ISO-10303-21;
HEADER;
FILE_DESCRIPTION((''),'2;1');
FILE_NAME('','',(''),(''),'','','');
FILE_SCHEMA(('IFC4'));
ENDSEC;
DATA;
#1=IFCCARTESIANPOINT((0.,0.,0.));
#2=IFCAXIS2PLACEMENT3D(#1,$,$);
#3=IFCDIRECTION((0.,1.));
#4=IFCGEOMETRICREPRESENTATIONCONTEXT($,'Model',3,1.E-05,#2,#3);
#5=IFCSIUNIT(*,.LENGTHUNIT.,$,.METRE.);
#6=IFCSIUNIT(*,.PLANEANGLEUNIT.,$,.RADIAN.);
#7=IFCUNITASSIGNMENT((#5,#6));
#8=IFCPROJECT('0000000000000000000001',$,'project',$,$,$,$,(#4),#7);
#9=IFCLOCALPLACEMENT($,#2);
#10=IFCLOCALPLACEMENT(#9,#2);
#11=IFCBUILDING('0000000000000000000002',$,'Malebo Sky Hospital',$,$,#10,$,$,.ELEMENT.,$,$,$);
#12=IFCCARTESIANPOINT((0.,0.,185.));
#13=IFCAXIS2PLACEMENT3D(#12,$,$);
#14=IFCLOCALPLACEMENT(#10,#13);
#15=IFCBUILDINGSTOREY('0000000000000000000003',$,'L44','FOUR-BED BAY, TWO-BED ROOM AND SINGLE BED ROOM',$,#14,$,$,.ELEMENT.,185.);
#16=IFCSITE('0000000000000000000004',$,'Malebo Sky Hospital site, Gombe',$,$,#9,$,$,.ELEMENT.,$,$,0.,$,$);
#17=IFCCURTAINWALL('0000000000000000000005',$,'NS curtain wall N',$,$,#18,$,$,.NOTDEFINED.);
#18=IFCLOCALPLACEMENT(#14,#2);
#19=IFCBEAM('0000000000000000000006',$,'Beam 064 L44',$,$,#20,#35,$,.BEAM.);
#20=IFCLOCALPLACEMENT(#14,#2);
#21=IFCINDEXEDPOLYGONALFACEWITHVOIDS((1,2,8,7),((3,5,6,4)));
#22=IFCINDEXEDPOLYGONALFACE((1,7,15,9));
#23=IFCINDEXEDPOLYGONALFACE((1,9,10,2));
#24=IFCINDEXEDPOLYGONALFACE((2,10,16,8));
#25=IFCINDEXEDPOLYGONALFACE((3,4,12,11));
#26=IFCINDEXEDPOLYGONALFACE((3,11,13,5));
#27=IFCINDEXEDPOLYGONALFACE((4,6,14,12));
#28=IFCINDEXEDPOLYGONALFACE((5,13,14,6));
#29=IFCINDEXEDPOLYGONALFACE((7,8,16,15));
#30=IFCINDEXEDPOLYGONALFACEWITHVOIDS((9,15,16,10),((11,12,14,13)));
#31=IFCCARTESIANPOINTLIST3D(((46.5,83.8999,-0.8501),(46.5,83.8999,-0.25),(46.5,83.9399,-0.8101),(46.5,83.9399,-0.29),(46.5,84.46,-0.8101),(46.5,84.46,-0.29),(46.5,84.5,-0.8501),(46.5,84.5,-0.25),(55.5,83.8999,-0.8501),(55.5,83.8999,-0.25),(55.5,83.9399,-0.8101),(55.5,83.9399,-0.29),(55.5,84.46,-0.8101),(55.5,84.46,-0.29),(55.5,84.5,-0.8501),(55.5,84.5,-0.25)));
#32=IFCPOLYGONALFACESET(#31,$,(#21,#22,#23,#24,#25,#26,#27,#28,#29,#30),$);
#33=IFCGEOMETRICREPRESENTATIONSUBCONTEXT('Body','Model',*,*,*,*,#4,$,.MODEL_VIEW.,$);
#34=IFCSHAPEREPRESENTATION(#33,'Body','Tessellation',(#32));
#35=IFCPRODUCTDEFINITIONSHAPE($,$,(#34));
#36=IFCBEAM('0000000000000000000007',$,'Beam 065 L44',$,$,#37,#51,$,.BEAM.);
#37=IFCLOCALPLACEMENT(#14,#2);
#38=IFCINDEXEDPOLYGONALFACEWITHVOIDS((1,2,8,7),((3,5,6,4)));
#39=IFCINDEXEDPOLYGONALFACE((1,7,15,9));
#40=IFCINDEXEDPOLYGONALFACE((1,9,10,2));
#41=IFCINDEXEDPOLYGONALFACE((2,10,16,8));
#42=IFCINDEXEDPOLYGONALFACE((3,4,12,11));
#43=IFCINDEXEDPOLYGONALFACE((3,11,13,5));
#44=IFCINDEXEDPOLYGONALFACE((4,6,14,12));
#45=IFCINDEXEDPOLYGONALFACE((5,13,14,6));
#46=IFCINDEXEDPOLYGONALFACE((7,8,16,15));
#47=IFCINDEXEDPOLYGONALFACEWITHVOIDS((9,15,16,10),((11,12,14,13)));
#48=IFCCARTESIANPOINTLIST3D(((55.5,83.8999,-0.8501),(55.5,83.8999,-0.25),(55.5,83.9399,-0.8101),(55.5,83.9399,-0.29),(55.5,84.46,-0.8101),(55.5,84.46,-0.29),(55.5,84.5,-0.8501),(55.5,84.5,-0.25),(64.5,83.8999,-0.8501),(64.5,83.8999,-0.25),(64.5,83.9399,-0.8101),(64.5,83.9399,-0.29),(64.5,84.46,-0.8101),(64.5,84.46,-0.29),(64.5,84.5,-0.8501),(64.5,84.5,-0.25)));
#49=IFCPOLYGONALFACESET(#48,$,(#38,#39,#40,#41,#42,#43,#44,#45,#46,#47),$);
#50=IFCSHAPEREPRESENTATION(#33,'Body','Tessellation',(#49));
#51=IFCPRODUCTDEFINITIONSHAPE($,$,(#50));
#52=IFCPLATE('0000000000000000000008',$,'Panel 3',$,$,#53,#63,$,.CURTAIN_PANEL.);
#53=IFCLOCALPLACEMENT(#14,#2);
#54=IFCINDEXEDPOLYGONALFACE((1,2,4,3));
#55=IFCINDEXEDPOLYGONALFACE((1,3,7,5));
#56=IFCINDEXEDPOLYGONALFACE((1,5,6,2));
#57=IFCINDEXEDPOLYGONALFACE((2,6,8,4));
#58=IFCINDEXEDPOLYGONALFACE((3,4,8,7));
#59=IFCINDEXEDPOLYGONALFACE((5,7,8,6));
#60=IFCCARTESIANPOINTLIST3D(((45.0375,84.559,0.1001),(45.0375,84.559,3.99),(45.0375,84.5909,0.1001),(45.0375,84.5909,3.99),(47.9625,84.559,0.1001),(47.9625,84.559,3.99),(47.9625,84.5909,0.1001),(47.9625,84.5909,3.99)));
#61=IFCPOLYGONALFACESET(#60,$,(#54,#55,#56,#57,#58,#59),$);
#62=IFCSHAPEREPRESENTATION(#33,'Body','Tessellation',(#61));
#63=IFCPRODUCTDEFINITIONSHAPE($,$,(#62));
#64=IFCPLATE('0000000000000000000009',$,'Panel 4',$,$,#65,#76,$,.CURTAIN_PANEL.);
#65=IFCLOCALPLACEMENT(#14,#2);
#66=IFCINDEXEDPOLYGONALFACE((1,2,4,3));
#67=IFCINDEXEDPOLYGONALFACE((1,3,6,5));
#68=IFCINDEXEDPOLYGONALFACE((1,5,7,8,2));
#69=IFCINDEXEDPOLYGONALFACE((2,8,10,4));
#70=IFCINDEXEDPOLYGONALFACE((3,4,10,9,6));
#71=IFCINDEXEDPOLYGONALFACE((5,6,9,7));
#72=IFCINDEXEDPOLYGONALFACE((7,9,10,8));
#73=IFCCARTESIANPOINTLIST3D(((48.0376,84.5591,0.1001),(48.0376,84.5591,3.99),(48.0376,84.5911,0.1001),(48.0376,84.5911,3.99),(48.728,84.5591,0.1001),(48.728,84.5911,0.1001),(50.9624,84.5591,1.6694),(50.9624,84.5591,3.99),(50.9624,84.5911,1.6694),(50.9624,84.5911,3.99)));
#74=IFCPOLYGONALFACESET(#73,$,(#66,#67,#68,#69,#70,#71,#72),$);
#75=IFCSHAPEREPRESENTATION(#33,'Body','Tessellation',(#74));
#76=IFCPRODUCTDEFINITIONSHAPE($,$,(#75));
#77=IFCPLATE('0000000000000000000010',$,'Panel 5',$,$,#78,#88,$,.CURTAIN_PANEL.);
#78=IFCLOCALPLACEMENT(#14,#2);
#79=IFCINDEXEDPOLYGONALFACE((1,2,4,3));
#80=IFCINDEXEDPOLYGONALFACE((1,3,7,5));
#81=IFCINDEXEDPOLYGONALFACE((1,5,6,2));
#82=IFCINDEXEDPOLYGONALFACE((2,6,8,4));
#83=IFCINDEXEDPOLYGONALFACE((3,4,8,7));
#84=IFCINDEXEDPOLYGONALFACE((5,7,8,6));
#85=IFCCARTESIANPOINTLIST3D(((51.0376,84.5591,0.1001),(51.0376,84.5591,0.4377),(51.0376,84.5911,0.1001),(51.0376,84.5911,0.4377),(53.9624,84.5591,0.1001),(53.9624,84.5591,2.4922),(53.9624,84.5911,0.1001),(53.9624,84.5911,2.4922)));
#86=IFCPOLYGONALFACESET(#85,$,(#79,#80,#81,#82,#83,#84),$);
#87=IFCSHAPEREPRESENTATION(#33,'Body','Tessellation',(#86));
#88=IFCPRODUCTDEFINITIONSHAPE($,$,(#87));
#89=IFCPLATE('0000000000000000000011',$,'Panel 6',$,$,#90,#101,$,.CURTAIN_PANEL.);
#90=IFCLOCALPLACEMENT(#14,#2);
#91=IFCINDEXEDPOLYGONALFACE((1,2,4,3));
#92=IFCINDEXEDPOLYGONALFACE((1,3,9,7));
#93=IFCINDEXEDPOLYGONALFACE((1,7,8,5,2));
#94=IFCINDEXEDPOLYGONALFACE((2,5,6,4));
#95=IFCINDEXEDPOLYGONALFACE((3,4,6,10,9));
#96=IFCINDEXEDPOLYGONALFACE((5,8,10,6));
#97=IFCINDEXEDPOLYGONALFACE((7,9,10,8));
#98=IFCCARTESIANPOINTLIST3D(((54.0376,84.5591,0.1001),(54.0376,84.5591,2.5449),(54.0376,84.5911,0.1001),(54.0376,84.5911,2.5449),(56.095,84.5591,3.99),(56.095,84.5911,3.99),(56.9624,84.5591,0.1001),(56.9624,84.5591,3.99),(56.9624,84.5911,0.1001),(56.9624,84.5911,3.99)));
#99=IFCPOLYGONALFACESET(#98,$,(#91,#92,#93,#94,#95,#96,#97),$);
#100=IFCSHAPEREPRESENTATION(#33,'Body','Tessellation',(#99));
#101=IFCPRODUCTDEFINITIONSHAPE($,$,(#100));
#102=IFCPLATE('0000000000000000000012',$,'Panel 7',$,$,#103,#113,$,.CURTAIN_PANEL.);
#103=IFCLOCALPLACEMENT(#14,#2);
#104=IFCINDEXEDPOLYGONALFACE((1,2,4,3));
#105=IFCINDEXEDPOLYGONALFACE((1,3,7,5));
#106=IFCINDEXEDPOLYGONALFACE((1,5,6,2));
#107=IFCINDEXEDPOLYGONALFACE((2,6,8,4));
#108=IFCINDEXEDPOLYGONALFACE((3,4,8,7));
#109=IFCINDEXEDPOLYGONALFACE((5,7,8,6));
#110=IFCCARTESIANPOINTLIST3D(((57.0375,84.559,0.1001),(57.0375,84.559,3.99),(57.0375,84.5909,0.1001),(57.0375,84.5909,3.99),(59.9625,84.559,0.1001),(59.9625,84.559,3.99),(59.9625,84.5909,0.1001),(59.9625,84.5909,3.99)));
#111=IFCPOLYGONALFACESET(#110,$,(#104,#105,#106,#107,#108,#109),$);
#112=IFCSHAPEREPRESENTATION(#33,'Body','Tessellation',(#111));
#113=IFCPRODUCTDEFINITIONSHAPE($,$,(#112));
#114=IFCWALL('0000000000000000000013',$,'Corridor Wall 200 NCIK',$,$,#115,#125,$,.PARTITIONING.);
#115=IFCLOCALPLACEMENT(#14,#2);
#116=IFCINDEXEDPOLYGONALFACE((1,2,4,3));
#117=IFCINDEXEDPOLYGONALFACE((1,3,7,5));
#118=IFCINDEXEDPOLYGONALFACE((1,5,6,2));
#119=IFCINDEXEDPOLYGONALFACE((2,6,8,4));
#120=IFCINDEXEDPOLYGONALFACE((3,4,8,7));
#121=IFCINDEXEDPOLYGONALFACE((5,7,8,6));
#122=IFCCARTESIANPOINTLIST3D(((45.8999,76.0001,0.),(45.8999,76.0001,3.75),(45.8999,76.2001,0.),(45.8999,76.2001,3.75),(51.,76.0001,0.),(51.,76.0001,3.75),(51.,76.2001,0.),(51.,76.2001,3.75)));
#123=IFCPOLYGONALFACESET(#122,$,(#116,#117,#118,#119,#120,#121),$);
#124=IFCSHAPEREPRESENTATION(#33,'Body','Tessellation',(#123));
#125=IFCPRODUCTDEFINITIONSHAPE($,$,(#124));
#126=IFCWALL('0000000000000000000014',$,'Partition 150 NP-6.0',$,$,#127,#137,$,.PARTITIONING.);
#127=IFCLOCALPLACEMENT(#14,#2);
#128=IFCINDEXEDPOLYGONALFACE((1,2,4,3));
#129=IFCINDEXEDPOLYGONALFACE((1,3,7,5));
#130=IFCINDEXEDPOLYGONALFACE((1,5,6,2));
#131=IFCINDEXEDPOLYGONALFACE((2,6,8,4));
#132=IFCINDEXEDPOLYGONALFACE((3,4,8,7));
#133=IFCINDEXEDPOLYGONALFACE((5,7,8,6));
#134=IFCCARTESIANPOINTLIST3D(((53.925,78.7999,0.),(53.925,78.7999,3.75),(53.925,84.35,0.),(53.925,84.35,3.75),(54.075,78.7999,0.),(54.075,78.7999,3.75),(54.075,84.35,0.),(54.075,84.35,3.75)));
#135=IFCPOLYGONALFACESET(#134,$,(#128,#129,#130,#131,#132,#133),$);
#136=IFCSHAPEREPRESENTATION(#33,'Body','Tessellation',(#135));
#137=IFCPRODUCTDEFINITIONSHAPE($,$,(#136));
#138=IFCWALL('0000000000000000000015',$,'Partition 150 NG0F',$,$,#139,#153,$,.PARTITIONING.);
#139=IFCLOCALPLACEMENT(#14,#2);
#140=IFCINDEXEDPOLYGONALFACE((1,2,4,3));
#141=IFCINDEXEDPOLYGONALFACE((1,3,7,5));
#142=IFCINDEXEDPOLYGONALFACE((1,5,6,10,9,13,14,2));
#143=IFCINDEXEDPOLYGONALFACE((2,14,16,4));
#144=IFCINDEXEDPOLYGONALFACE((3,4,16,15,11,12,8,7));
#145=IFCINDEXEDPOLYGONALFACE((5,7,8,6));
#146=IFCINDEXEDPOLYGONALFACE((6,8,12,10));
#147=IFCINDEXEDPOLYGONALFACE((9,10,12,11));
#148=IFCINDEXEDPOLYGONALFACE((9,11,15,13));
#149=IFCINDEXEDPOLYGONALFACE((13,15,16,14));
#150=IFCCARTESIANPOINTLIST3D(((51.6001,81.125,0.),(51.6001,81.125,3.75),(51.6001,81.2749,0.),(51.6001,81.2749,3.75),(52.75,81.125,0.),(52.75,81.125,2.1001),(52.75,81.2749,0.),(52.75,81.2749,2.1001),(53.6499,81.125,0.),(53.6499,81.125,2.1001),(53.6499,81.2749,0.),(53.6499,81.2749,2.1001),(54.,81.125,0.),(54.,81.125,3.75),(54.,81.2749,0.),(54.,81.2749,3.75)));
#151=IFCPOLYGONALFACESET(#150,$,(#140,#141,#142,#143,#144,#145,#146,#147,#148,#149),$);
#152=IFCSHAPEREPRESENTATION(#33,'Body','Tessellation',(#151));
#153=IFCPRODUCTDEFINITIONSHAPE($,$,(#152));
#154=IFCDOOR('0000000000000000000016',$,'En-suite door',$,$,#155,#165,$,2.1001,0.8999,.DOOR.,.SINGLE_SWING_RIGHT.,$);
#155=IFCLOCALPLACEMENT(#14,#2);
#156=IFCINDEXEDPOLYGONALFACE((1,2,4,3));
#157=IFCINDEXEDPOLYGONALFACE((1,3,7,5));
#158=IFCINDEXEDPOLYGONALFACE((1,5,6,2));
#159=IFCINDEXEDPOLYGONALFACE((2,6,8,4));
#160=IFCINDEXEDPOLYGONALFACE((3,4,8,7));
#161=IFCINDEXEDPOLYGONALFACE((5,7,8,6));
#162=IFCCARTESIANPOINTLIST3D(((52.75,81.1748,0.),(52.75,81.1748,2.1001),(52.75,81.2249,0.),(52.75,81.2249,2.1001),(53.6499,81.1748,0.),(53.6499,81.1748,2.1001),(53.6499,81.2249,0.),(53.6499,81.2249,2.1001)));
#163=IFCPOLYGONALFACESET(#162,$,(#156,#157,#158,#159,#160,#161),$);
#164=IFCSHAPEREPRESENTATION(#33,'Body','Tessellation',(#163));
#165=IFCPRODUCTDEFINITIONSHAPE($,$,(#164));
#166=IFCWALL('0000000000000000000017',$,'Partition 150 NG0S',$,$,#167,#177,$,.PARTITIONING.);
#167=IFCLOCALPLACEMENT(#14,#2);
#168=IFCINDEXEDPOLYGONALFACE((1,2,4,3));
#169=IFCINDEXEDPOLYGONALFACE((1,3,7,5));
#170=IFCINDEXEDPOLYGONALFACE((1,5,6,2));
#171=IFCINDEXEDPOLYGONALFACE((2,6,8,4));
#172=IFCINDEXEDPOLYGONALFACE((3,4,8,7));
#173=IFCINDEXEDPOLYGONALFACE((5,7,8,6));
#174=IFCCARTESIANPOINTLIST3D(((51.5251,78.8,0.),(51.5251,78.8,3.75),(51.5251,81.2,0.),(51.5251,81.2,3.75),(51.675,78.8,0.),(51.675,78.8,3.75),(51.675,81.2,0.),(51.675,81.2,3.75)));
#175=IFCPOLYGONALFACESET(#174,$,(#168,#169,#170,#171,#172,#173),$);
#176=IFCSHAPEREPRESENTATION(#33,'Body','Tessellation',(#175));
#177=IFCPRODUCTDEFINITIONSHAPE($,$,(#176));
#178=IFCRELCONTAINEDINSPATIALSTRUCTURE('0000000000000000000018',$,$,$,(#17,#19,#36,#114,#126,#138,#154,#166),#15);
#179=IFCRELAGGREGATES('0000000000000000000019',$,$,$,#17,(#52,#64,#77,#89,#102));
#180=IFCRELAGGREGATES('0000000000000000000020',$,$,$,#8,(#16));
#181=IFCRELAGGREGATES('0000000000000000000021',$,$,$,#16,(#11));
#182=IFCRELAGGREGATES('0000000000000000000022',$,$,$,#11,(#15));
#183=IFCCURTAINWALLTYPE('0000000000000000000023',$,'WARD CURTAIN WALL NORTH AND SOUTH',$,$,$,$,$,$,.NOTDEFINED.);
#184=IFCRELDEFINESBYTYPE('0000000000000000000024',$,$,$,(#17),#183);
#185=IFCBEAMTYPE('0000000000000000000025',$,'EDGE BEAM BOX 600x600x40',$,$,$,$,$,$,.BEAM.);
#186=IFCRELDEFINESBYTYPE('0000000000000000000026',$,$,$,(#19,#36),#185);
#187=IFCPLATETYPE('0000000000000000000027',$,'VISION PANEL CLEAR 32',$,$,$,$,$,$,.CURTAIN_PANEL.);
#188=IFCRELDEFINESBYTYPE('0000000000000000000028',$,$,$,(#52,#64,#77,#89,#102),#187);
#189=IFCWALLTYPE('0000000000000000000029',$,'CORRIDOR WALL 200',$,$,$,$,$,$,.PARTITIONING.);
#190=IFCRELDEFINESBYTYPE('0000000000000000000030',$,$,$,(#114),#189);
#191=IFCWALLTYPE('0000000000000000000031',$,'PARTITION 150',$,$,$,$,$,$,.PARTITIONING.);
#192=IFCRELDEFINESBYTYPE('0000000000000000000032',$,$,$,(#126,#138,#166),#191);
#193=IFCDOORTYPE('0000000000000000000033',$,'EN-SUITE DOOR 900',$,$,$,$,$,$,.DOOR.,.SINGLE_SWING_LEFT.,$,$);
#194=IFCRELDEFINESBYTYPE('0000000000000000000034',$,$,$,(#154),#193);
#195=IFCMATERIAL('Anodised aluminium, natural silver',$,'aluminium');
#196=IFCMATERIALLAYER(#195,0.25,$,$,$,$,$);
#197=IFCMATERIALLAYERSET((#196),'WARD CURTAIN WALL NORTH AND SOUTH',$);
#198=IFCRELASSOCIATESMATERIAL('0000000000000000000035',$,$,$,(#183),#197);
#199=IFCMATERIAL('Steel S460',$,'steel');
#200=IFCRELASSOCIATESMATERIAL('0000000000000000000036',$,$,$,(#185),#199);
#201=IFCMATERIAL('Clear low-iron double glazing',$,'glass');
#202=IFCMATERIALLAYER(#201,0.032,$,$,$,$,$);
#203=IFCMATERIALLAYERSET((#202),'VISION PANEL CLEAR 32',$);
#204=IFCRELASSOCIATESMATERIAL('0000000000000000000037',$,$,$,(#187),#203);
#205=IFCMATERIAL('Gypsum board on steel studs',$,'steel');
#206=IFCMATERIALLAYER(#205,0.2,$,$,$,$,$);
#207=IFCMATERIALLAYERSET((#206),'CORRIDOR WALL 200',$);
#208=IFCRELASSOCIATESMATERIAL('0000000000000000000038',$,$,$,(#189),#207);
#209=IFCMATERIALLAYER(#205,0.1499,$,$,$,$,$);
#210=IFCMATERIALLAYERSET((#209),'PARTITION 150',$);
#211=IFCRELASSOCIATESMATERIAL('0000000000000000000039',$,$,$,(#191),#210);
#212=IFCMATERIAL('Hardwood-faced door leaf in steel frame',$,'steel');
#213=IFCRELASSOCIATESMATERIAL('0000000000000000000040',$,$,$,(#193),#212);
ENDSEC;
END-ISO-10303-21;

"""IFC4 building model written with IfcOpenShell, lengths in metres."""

from ifc_helpers import new_model, si_unit, direction, frame, frame_2d, origin, origin_2d, place, context, subcontext, project, spatial, polyline, rectangle, hollow_rectangle, outline, extrude, material, layer, layer_set, material_profile, profile_set, type_object, element, fill, aggregate, save


model = new_model("IFC4")

# Units and contexts
model_context = context("Model", 3, precision=1e-05, world=origin(), true_north=direction((0.0, 1.0)))
body_context = subcontext(model_context, "Body", "Model", "MODEL_VIEW")
ifc_project = project(units=[si_unit("LENGTHUNIT", "METRE"), si_unit("PLANEANGLEUNIT", "RADIAN")], contexts=[model_context])

# Site, building, storey
site_placement = place(None, origin())
site = spatial("IfcSite", under=ifc_project, at=site_placement, Name="Malebo Sky Hospital site, Gombe", CompositionType="ELEMENT", RefElevation=0.0)
building_placement = place(site_placement, origin())
building = spatial("IfcBuilding", under=site, at=building_placement, Name="Malebo Sky Hospital", CompositionType="ELEMENT")
storey_placement = place(building_placement, frame((0.0, 0.0, 185.0)))
storey = spatial("IfcBuildingStorey", under=building, at=storey_placement, Name="L44", Description="FOUR-BED BAY, TWO-BED ROOM AND SINGLE BED ROOM", CompositionType="ELEMENT", Elevation=185.0)

# Shared definitions
ifc_material_1 = material(Name="Steel S460", Category="steel")

# Curtain wall
ifc_material_2 = material(Name="Anodised aluminium, natural silver", Category="aluminium")
ifc_layer_1 = layer(ifc_material_2, 0.25)
ifc_layer_set_1 = layer_set([ifc_layer_1], Name="WARD CURTAIN WALL NORTH AND SOUTH")
curtain_wall_type = type_object("IfcCurtainWallType", Name="WARD CURTAIN WALL NORTH AND SOUTH", PredefinedType="NOTDEFINED", material=ifc_layer_set_1)
curtain_wall_placement = place(storey_placement, origin())
curtain_wall = element("IfcCurtainWall", 1, at=curtain_wall_placement, inside=storey, type_object=curtain_wall_type, Name="NS curtain wall N", PredefinedType="NOTDEFINED")

# Beams
ifc_material_profile_1 = material_profile(ifc_material_1, hollow_rectangle(XDim=0.6001, YDim=0.6001, WallThickness=0.04, at=origin_2d()), Name="BOX 600x600x40")
ifc_profile_set_1 = profile_set([ifc_material_profile_1], Name="Steel S460")
beam_type = type_object("IfcBeamType", Name="EDGE BEAM BOX 600x600x40", PredefinedType="BEAM", material=ifc_profile_set_1)
for number, where, z_axis, x_axis, name in (
    (2, (46.5, 84.2, -0.55), (1.0, 0.0, 0.0), (0.0, 1.0, 0.0), "Beam 064 L44"),
    (3, (55.5, 84.2, -0.55), (1.0, 0.0, 0.0), (0.0, 1.0, 0.0), "Beam 065 L44"),
):
    element("IfcBeam", number, at=place(storey_placement, frame(where, z_axis=z_axis, x_axis=x_axis)), inside=storey, type_object=beam_type, Name=name, PredefinedType="BEAM", context=body_context, shape_type="SweptSolid", body=[
        extrude(hollow_rectangle(XDim=0.6001, YDim=0.6001, WallThickness=0.04, at=origin_2d()), origin(), (0.0, 0.0, 1.0), 9.0),
    ])

# Plates
ifc_material_3 = material(Name="Clear low-iron double glazing", Category="glass")
ifc_layer_2 = layer(ifc_material_3, 0.032)
ifc_layer_set_2 = layer_set([ifc_layer_2], Name="VISION PANEL CLEAR 32")
plate_type = type_object("IfcPlateType", Name="VISION PANEL CLEAR 32", PredefinedType="CURTAIN_PANEL", material=ifc_layer_set_2)
plate_1_placement = place(storey_placement, frame((46.5, 84.575, 0.1001), z_axis=(0.0, 0.0, 1.0), x_axis=(1.0, 0.0, 0.0)))
plate_1 = element("IfcPlate", 4, at=plate_1_placement, type_object=plate_type, Name="Panel 3", PredefinedType="CURTAIN_PANEL", context=body_context, shape_type="SweptSolid", body=[
    extrude(rectangle(XDim=2.925, YDim=0.032, at=origin_2d()), origin(), (0.0, 0.0, 1.0), 3.8899),
])
plate_2_placement = place(storey_placement, frame((49.5, 84.575, 0.1001), z_axis=(0.0, 0.0, 1.0), x_axis=(1.0, 0.0, 0.0)))
plate_2 = element("IfcPlate", 5, at=plate_2_placement, type_object=plate_type, Name="Panel 4", PredefinedType="CURTAIN_PANEL", context=body_context, shape_type="SweptSolid", body=[
    extrude(outline(polyline([(-1.4624, 0.0), (-0.772, 0.0), (1.4624, 1.5693), (1.4624, 3.8899), (-1.4624, 3.8899), (-1.4624, 0.0)])), frame((0.0, 0.0161, 0.0), z_axis=(0.0, -1.0, 0.0), x_axis=(1.0, 0.0, 0.0)), (0.0, 0.0, 1.0), 0.032),
])
plate_3_placement = place(storey_placement, frame((52.5, 84.575, 0.1001), z_axis=(0.0, 0.0, 1.0), x_axis=(1.0, 0.0, 0.0)))
plate_3 = element("IfcPlate", 6, at=plate_3_placement, type_object=plate_type, Name="Panel 5", PredefinedType="CURTAIN_PANEL", context=body_context, shape_type="SweptSolid", body=[
    extrude(outline(polyline([(-1.4624, 0.0), (1.4624, 0.0), (1.4624, 2.3921), (-1.4624, 0.3376), (-1.4624, 0.0)])), frame((0.0, 0.0161, 0.0), z_axis=(0.0, -1.0, 0.0), x_axis=(1.0, 0.0, 0.0)), (0.0, 0.0, 1.0), 0.032),
])
plate_4_placement = place(storey_placement, frame((55.5, 84.575, 0.1001), z_axis=(0.0, 0.0, 1.0), x_axis=(1.0, 0.0, 0.0)))
plate_4 = element("IfcPlate", 7, at=plate_4_placement, type_object=plate_type, Name="Panel 6", PredefinedType="CURTAIN_PANEL", context=body_context, shape_type="SweptSolid", body=[
    extrude(outline(polyline([(-1.4624, 0.0), (1.4624, 0.0), (1.4624, 3.8899), (0.595, 3.8899), (-1.4624, 2.4448), (-1.4624, 0.0)])), frame((0.0, 0.0161, 0.0), z_axis=(0.0, -1.0, 0.0), x_axis=(1.0, 0.0, 0.0)), (0.0, 0.0, 1.0), 0.032),
])
plate_5_placement = place(storey_placement, frame((58.5, 84.575, 0.1001), z_axis=(0.0, 0.0, 1.0), x_axis=(1.0, 0.0, 0.0)))
plate_5 = element("IfcPlate", 8, at=plate_5_placement, type_object=plate_type, Name="Panel 7", PredefinedType="CURTAIN_PANEL", context=body_context, shape_type="SweptSolid", body=[
    extrude(rectangle(XDim=2.925, YDim=0.032, at=origin_2d()), origin(), (0.0, 0.0, 1.0), 3.8899),
])
aggregate(curtain_wall, [plate_1, plate_2, plate_3, plate_4, plate_5])

# Walls
ifc_material_4 = material(Name="Gypsum board on steel studs", Category="steel")
ifc_layer_3 = layer(ifc_material_4, 0.2)
ifc_layer_set_3 = layer_set([ifc_layer_3], Name="CORRIDOR WALL 200")
wall_type_1 = type_object("IfcWallType", Name="CORRIDOR WALL 200", PredefinedType="PARTITIONING", material=ifc_layer_set_3)
wall_1_placement = place(storey_placement, frame((45.8999, 76.1001, 0.0), z_axis=(0.0, 0.0, 1.0), x_axis=(1.0, 0.0, 0.0)))
element("IfcWall", 9, at=wall_1_placement, inside=storey, type_object=wall_type_1, Name="Corridor Wall 200 NCIK", PredefinedType="PARTITIONING", context=body_context, shape_type="SweptSolid", body=[
    extrude(rectangle(XDim=5.1001, YDim=0.2, at=frame_2d((2.55, 0.0))), origin(), (0.0, 0.0, 1.0), 3.75),
])
ifc_layer_4 = layer(ifc_material_4, 0.1499)
ifc_layer_set_4 = layer_set([ifc_layer_4], Name="PARTITION 150")
wall_type_2 = type_object("IfcWallType", Name="PARTITION 150", PredefinedType="PARTITIONING", material=ifc_layer_set_4)
wall_2_placement = place(storey_placement, frame((54.0, 78.8, 0.0), z_axis=(0.0, 0.0, 1.0), x_axis=(0.0, 1.0, 0.0)))
element("IfcWall", 10, at=wall_2_placement, inside=storey, type_object=wall_type_2, Name="Partition 150 NP-6.0", PredefinedType="PARTITIONING", context=body_context, shape_type="SweptSolid", body=[
    extrude(rectangle(XDim=5.55, YDim=0.1499, at=frame_2d((2.7749, 0.0))), origin(), (0.0, 0.0, 1.0), 3.75),
])

# Wall, opening, door
wall_3_placement = place(storey_placement, frame((51.6001, 81.2, 0.0), z_axis=(0.0, 0.0, 1.0), x_axis=(1.0, 0.0, 0.0)))
wall_3 = element("IfcWall", 11, at=wall_3_placement, inside=storey, type_object=wall_type_2, Name="Partition 150 NG0F", PredefinedType="PARTITIONING", context=body_context, shape_type="SweptSolid", body=[
    extrude(rectangle(XDim=2.3999, YDim=0.1499, at=frame_2d((1.2, 0.0))), origin(), (0.0, 0.0, 1.0), 3.75),
])
opening_1_placement = place(wall_3_placement, frame((1.1499, 0.0, 0.0)))
opening_1 = element("IfcOpeningElement", 12, at=opening_1_placement, cuts=wall_3, PredefinedType="OPENING", context=body_context, shape_type="SweptSolid", body=[
    extrude(rectangle(XDim=0.8999, YDim=2.1001, at=frame_2d((0.45, 1.05))), frame((0.0, 0.085, 0.0), z_axis=(0.0, -1.0, 0.0), x_axis=(1.0, 0.0, 0.0)), (0.0, 0.0, 1.0), 0.1699),
])
ifc_material_5 = material(Name="Hardwood-faced door leaf in steel frame", Category="steel")
door_type = type_object("IfcDoorType", Name="EN-SUITE DOOR 900", OperationType="SINGLE_SWING_LEFT", PredefinedType="DOOR", material=ifc_material_5)
door_1_placement = place(opening_1_placement, origin())
door_1 = element("IfcDoor", 13, at=door_1_placement, inside=storey, type_object=door_type, Name="En-suite door", OperationType="SINGLE_SWING_RIGHT", OverallHeight=2.1001, OverallWidth=0.8999, PredefinedType="DOOR", context=body_context, shape_type="SweptSolid", body=[
    extrude(rectangle(XDim=0.8999, YDim=2.1001, at=frame_2d((0.45, 1.05))), frame((0.0, 0.0249, 0.0), z_axis=(0.0, -1.0, 0.0), x_axis=(1.0, 0.0, 0.0)), (0.0, 0.0, 1.0), 0.05),
])
fill(opening_1, door_1)

# Wall
wall_4_placement = place(storey_placement, frame((51.6001, 78.8, 0.0), z_axis=(0.0, 0.0, 1.0), x_axis=(0.0, 1.0, 0.0)))
element("IfcWall", 14, at=wall_4_placement, inside=storey, type_object=wall_type_2, Name="Partition 150 NG0S", PredefinedType="PARTITIONING", context=body_context, shape_type="SweptSolid", body=[
    extrude(rectangle(XDim=2.3999, YDim=0.1499, at=frame_2d((1.2, 0.0))), origin(), (0.0, 0.0, 1.0), 3.75),
])

save(model, "model.ifc")
